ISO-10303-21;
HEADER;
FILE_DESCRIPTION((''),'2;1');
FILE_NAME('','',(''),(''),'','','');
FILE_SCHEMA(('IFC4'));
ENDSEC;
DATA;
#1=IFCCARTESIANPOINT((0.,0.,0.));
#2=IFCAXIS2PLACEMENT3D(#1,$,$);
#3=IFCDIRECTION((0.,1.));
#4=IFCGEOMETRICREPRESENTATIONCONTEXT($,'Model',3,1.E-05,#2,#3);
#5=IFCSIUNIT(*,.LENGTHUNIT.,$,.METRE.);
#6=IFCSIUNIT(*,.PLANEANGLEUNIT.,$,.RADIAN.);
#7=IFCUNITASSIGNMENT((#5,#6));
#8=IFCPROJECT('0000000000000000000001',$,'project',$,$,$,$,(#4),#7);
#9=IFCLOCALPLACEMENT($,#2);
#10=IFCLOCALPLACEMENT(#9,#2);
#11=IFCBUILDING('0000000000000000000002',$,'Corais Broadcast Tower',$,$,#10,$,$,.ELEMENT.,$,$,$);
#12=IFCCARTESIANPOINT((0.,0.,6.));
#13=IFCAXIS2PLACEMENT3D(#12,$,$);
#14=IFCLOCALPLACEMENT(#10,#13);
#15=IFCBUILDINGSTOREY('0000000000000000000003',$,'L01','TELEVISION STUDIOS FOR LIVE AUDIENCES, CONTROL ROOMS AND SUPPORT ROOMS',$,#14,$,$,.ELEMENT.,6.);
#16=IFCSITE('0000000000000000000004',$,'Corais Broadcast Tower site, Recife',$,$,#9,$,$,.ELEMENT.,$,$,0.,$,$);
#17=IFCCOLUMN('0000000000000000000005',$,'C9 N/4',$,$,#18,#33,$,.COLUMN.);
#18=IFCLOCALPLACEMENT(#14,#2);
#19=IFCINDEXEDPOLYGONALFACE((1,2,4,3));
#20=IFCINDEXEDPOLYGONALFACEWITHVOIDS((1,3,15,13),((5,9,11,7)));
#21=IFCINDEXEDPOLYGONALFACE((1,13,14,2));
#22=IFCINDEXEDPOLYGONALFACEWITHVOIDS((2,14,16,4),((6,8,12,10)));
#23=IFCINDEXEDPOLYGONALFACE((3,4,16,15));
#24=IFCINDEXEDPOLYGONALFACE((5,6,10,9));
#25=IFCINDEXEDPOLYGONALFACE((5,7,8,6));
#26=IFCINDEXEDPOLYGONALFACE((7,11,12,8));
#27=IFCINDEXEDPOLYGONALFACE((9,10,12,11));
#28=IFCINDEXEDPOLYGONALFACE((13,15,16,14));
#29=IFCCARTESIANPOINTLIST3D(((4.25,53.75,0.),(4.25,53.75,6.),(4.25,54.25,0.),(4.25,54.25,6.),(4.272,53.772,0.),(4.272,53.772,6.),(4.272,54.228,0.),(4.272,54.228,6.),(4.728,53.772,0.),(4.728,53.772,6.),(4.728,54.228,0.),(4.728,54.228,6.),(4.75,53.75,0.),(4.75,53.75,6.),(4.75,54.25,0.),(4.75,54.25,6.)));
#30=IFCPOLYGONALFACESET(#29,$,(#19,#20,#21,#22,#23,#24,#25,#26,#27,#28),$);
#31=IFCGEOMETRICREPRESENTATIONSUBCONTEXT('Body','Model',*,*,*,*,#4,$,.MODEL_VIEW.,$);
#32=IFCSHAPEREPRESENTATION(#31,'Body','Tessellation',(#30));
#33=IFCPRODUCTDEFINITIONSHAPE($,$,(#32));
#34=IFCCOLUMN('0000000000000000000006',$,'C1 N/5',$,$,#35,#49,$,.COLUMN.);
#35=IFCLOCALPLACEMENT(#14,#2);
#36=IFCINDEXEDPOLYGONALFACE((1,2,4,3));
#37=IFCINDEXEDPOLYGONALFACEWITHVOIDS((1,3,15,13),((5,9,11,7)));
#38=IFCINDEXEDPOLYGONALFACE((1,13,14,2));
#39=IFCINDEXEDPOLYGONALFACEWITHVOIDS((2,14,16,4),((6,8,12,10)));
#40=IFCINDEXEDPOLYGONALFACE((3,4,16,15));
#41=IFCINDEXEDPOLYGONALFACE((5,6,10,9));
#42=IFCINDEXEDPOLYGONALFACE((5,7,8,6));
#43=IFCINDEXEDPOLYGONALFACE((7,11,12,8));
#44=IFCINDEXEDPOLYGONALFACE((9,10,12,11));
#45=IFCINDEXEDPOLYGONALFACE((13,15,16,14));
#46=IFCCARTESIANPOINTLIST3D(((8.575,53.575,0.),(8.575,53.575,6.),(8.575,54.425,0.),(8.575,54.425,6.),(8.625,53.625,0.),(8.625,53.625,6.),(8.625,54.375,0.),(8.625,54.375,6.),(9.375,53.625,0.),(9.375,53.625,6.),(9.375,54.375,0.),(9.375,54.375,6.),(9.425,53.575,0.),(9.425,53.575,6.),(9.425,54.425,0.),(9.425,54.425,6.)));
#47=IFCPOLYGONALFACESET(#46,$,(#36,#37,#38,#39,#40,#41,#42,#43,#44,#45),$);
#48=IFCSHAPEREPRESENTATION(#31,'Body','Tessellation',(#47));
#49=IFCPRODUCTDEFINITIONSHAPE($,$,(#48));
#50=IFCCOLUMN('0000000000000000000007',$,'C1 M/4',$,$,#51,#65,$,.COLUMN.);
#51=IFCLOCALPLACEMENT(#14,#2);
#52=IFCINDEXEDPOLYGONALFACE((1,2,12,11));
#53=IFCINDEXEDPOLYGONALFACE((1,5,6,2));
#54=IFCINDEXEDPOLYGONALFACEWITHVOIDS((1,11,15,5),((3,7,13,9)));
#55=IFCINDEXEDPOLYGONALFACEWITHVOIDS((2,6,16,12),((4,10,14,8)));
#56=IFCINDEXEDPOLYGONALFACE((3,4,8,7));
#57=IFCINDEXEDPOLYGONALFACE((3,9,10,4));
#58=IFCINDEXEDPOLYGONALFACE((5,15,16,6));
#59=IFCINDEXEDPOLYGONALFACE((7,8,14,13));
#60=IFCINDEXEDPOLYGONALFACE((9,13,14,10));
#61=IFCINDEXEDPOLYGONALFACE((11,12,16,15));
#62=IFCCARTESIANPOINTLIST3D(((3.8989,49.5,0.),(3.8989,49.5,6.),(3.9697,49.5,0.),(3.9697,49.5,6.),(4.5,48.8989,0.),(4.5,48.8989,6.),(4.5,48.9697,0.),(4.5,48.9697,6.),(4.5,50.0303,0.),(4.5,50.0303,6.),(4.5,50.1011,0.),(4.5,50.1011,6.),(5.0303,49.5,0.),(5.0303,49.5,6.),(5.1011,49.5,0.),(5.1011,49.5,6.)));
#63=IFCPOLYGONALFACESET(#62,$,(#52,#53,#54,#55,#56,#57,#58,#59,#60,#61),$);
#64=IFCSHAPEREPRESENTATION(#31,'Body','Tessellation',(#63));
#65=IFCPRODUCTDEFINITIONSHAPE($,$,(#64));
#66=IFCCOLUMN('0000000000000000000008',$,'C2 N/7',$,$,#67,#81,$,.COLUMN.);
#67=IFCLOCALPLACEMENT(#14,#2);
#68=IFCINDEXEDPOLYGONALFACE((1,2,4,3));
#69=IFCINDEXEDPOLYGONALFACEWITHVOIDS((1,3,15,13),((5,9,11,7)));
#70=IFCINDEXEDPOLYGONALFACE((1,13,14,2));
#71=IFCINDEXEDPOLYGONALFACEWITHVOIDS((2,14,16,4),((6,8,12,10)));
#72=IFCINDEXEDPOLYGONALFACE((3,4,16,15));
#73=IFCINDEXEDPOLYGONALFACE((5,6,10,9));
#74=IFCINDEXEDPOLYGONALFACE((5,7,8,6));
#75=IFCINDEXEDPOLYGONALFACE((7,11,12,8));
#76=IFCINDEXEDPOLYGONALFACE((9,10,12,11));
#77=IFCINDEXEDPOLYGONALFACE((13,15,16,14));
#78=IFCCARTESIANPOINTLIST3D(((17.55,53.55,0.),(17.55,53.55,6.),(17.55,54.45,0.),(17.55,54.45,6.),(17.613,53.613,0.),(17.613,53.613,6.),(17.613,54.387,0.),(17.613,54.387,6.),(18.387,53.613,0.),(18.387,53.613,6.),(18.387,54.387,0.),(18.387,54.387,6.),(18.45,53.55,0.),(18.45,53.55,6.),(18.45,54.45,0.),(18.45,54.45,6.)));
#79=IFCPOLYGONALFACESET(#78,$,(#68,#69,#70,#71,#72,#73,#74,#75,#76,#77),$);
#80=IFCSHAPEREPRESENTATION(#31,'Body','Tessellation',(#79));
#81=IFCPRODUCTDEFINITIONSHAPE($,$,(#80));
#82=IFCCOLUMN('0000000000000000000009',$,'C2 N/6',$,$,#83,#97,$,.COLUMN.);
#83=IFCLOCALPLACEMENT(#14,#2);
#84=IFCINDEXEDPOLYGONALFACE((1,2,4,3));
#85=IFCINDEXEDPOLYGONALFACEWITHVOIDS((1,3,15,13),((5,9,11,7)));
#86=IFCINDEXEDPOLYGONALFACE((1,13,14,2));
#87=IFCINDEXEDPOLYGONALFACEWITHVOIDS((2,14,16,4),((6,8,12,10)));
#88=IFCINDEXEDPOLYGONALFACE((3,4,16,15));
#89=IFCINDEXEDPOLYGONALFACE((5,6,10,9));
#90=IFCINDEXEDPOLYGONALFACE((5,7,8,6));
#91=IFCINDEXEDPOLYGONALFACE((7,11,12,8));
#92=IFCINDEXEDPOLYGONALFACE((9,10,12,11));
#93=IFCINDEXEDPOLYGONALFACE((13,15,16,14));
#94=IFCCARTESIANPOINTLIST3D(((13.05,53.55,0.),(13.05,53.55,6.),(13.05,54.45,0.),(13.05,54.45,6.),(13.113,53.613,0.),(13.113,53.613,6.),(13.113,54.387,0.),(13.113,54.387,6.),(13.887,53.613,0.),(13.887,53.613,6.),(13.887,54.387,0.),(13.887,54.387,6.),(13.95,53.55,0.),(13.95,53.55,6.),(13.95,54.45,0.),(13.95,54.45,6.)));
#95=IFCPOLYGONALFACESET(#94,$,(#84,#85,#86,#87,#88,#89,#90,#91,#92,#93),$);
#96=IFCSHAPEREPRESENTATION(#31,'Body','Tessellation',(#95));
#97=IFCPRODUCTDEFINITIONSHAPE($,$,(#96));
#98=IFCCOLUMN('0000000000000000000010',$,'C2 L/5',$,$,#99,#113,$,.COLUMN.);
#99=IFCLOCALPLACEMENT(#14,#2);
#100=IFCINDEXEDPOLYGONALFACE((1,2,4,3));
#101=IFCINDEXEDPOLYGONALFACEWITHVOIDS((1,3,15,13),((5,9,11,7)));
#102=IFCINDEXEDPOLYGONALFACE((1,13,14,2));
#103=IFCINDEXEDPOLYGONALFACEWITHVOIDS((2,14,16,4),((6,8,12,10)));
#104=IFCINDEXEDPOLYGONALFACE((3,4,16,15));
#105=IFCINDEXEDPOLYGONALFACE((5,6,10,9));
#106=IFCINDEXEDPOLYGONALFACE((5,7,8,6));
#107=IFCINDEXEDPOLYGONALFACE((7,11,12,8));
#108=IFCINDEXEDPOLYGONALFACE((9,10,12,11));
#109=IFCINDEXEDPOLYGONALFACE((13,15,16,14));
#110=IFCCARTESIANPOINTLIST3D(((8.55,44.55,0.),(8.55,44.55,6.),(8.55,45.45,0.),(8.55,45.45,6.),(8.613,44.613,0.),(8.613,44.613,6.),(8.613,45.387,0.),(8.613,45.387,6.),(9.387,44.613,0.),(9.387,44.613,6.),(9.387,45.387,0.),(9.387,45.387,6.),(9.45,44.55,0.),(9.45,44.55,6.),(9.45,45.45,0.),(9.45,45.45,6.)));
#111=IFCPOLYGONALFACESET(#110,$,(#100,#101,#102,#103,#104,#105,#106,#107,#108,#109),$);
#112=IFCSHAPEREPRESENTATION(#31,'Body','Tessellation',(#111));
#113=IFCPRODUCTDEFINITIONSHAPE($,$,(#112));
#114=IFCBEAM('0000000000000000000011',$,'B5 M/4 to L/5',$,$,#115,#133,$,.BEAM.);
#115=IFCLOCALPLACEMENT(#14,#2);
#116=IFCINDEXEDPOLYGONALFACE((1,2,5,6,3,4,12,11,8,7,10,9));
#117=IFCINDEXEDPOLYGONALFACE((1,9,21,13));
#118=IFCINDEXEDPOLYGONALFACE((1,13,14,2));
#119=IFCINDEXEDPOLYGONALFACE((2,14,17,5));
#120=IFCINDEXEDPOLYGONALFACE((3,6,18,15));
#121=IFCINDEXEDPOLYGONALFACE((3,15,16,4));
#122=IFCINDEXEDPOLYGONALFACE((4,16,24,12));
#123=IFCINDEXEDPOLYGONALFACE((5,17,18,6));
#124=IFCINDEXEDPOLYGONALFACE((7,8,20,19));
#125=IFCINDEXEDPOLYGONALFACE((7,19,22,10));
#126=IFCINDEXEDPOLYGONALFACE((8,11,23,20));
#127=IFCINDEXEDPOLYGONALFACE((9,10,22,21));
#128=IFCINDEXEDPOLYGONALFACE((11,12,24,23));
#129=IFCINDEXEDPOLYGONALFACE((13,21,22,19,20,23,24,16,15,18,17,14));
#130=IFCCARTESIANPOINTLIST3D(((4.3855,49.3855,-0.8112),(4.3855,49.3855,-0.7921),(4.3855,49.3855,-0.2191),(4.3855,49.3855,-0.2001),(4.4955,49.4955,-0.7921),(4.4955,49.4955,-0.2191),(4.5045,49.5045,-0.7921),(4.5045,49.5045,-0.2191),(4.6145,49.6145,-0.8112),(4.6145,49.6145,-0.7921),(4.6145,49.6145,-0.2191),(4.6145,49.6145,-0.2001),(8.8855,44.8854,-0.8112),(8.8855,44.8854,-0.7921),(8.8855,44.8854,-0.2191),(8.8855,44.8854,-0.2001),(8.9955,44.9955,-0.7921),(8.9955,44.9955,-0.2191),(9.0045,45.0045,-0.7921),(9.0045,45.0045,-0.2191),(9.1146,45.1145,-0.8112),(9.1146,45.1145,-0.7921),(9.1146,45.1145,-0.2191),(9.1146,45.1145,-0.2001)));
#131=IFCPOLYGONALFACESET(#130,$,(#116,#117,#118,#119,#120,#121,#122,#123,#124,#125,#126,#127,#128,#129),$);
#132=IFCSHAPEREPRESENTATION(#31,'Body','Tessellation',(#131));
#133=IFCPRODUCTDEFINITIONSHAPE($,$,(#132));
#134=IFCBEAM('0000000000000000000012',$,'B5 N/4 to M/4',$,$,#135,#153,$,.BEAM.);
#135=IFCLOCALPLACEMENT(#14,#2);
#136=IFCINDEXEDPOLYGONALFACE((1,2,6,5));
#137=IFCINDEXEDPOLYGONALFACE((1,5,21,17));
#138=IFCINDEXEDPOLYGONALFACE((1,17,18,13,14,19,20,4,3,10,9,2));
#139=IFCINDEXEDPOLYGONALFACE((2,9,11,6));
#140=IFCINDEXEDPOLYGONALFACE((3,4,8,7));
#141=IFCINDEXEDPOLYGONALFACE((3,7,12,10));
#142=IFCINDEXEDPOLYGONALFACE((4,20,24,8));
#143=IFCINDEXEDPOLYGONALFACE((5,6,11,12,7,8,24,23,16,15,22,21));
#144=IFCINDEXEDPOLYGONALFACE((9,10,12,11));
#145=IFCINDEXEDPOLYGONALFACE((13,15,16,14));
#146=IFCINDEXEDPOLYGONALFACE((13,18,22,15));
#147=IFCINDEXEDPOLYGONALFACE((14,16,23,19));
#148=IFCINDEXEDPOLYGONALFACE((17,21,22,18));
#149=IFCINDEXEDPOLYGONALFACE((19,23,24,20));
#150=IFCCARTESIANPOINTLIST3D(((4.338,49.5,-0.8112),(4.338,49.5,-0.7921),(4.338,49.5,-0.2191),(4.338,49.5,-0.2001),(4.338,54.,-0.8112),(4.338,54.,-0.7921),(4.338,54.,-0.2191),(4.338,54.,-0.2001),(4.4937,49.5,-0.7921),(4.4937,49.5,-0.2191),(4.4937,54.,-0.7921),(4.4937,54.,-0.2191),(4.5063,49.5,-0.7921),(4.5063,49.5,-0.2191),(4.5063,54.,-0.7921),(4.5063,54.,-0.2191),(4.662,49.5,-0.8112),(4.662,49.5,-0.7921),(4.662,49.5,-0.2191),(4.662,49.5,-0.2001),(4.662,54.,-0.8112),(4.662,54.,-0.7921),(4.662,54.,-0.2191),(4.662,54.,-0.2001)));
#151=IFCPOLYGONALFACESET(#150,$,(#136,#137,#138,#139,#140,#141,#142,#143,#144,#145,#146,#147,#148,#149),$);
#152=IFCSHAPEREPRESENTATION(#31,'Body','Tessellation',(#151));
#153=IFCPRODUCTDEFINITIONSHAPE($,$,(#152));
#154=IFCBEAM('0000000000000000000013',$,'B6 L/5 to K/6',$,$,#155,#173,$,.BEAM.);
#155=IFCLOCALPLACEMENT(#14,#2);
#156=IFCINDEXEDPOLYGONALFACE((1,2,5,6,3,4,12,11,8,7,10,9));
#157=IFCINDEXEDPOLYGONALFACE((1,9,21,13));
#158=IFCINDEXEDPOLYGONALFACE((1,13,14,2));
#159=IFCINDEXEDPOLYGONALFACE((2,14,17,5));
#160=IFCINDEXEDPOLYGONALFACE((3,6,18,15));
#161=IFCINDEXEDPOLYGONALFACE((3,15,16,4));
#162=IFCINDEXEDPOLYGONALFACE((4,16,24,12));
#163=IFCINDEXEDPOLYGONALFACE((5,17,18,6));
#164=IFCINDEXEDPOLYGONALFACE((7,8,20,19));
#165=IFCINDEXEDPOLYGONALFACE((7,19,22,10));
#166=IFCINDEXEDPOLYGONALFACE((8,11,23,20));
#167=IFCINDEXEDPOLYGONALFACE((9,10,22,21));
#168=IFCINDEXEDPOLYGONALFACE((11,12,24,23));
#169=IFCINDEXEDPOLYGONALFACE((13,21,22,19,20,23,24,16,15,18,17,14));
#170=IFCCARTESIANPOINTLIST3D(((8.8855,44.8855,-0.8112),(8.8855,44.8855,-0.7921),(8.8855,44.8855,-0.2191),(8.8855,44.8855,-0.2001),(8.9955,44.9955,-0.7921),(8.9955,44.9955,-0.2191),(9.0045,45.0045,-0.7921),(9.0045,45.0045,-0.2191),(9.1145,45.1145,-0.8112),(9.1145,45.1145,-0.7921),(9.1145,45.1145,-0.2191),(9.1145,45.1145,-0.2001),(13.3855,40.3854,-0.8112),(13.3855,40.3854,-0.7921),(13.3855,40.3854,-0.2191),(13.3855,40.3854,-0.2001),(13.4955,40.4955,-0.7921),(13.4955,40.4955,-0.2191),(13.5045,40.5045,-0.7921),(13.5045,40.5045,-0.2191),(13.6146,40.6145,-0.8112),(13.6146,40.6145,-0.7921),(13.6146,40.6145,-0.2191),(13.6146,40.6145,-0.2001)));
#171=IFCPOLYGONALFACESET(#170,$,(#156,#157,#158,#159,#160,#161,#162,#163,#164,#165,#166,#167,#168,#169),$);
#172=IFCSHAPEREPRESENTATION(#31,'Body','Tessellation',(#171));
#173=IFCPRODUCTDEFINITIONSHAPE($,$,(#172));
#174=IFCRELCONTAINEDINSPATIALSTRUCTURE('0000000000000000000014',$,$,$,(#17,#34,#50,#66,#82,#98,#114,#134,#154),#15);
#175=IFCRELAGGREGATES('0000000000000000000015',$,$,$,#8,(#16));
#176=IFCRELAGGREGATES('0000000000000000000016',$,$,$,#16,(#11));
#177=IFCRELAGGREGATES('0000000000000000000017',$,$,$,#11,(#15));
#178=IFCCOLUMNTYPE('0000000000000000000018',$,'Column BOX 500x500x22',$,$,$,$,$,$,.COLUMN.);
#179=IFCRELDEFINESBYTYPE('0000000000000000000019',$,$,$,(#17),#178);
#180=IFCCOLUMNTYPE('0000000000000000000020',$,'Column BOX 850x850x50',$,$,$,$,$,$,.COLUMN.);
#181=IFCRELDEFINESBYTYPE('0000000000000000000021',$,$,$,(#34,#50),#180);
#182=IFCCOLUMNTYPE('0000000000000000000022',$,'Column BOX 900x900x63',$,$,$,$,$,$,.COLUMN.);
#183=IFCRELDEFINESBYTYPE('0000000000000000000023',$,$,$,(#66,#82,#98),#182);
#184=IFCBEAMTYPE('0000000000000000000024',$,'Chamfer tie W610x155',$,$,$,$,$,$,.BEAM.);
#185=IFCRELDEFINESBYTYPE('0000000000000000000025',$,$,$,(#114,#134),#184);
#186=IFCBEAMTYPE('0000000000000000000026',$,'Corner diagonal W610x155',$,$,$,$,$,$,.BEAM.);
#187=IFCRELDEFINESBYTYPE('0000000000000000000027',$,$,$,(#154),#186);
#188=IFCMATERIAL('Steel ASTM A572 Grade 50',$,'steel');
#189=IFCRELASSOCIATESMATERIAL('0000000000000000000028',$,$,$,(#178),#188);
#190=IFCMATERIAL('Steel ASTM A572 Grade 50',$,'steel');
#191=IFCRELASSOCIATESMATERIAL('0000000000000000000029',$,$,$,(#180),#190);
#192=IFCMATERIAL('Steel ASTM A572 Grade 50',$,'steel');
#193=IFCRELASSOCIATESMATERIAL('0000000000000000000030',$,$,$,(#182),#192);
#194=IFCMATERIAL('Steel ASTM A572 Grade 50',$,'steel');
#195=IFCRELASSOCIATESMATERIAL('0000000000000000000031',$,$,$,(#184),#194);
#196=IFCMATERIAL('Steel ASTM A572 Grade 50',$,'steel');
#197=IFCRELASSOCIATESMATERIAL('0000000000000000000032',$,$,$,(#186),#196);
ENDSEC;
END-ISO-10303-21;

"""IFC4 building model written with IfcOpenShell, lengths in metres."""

from ifc_helpers import new_model, si_unit, direction, frame, origin, origin_2d, place, context, subcontext, project, spatial, hollow_rectangle, i_section, extrude, material, material_profile, profile_set, type_object, element, save


model = new_model("IFC4")

# Units and contexts
model_context = context("Model", 3, precision=1e-05, world=origin(), true_north=direction((0.0, 1.0)))
body_context = subcontext(model_context, "Body", "Model", "MODEL_VIEW")
ifc_project = project(units=[si_unit("LENGTHUNIT", "METRE"), si_unit("PLANEANGLEUNIT", "RADIAN")], contexts=[model_context])

# Site, building, storey
site_placement = place(None, origin())
site = spatial("IfcSite", under=ifc_project, at=site_placement, Name="Corais Broadcast Tower site, Recife", CompositionType="ELEMENT", RefElevation=0.0)
building_placement = place(site_placement, origin())
building = spatial("IfcBuilding", under=site, at=building_placement, Name="Corais Broadcast Tower", CompositionType="ELEMENT")
storey_placement = place(building_placement, frame((0.0, 0.0, 6.0)))
storey = spatial("IfcBuildingStorey", under=building, at=storey_placement, Name="L01", Description="TELEVISION STUDIOS FOR LIVE AUDIENCES, CONTROL ROOMS AND SUPPORT ROOMS", CompositionType="ELEMENT", Elevation=6.0)

# Columns
ifc_material_1 = material(Name="Steel ASTM A572 Grade 50", Category="steel")
ifc_material_profile_1 = material_profile(ifc_material_1, hollow_rectangle(XDim=0.5, YDim=0.5, WallThickness=0.022, at=origin_2d()), Name="BOX 500x500x22")
ifc_profile_set_1 = profile_set([ifc_material_profile_1], Name="Steel ASTM A572 Grade 50")
column_type_1 = type_object("IfcColumnType", Name="Column BOX 500x500x22", PredefinedType="COLUMN", material=ifc_profile_set_1)
column_placement = place(storey_placement, frame((4.5, 54.0, 0.0), z_axis=(0.0, 0.0, 1.0), x_axis=(1.0, 0.0, 0.0)))
element("IfcColumn", 1, at=column_placement, inside=storey, type_object=column_type_1, Name="C9 N/4", PredefinedType="COLUMN", context=body_context, shape_type="SweptSolid", body=[
    extrude(hollow_rectangle(XDim=0.5, YDim=0.5, WallThickness=0.022, at=origin_2d()), origin(), (0.0, 0.0, 1.0), 6.0),
])
ifc_material_2 = material(Name="Steel ASTM A572 Grade 50", Category="steel")
ifc_material_profile_2 = material_profile(ifc_material_2, hollow_rectangle(XDim=0.8501, YDim=0.8501, WallThickness=0.05, at=origin_2d()), Name="BOX 850x850x50")
ifc_profile_set_2 = profile_set([ifc_material_profile_2], Name="Steel ASTM A572 Grade 50")
column_type_2 = type_object("IfcColumnType", Name="Column BOX 850x850x50", PredefinedType="COLUMN", material=ifc_profile_set_2)
for number, where, z_axis, x_axis, name in (
    (2, (9.0, 54.0, 0.0), (0.0, 0.0, 1.0), (1.0, 0.0, 0.0), "C1 N/5"),
    (3, (4.5, 49.5, 0.0), (0.0, 0.0, 1.0), (0.707107, 0.707107, 0.0), "C1 M/4"),
):
    element("IfcColumn", number, at=place(storey_placement, frame(where, z_axis=z_axis, x_axis=x_axis)), inside=storey, type_object=column_type_2, Name=name, PredefinedType="COLUMN", context=body_context, shape_type="SweptSolid", body=[
        extrude(hollow_rectangle(XDim=0.8501, YDim=0.8501, WallThickness=0.05, at=origin_2d()), origin(), (0.0, 0.0, 1.0), 6.0),
    ])
ifc_material_3 = material(Name="Steel ASTM A572 Grade 50", Category="steel")
ifc_material_profile_3 = material_profile(ifc_material_3, hollow_rectangle(XDim=0.8999, YDim=0.8999, WallThickness=0.063, at=origin_2d()), Name="BOX 900x900x63")
ifc_profile_set_3 = profile_set([ifc_material_profile_3], Name="Steel ASTM A572 Grade 50")
column_type_3 = type_object("IfcColumnType", Name="Column BOX 900x900x63", PredefinedType="COLUMN", material=ifc_profile_set_3)
for number, where, z_axis, x_axis, name in (
    (4, (18.0, 54.0, 0.0), (0.0, 0.0, 1.0), (1.0, 0.0, 0.0), "C2 N/7"),
    (5, (13.5, 54.0, 0.0), (0.0, 0.0, 1.0), (1.0, 0.0, 0.0), "C2 N/6"),
    (6, (9.0, 45.0, 0.0), (0.0, 0.0, 1.0), (1.0, 0.0, 0.0), "C2 L/5"),
):
    element("IfcColumn", number, at=place(storey_placement, frame(where, z_axis=z_axis, x_axis=x_axis)), inside=storey, type_object=column_type_3, Name=name, PredefinedType="COLUMN", context=body_context, shape_type="SweptSolid", body=[
        extrude(hollow_rectangle(XDim=0.8999, YDim=0.8999, WallThickness=0.063, at=origin_2d()), origin(), (0.0, 0.0, 1.0), 6.0),
    ])

# Beams
ifc_material_4 = material(Name="Steel ASTM A572 Grade 50", Category="steel")
ifc_material_profile_4 = material_profile(ifc_material_4, i_section(OverallWidth=0.324, OverallDepth=0.6111, WebThickness=0.0127, FlangeThickness=0.019, at=origin_2d()), Name="W610x155")
ifc_profile_set_4 = profile_set([ifc_material_profile_4], Name="Steel ASTM A572 Grade 50")
beam_type_1 = type_object("IfcBeamType", Name="Chamfer tie W610x155", PredefinedType="BEAM", material=ifc_profile_set_4)
beam_1_placement = place(storey_placement, frame((4.5, 49.5, -0.5056), z_axis=(0.707107, -0.707107, 0.0), x_axis=(0.707107, 0.707107, 0.0)))
element("IfcBeam", 7, at=beam_1_placement, inside=storey, type_object=beam_type_1, Name="B5 M/4 to L/5", PredefinedType="BEAM", context=body_context, shape_type="SweptSolid", body=[
    extrude(i_section(OverallWidth=0.324, OverallDepth=0.6111, WebThickness=0.0127, FlangeThickness=0.019, at=origin_2d()), origin(), (0.0, 0.0, 1.0), 6.364),
])
beam_2_placement = place(storey_placement, frame((4.5, 54.0, -0.5056), z_axis=(0.0, -1.0, 0.0), x_axis=(1.0, 0.0, 0.0)))
element("IfcBeam", 8, at=beam_2_placement, inside=storey, type_object=beam_type_1, Name="B5 N/4 to M/4", PredefinedType="BEAM", context=body_context, shape_type="SweptSolid", body=[
    extrude(i_section(OverallWidth=0.324, OverallDepth=0.6111, WebThickness=0.0127, FlangeThickness=0.019, at=origin_2d()), origin(), (0.0, 0.0, 1.0), 4.5),
])
ifc_material_5 = material(Name="Steel ASTM A572 Grade 50", Category="steel")
ifc_material_profile_5 = material_profile(ifc_material_5, i_section(OverallWidth=0.324, OverallDepth=0.6111, WebThickness=0.0127, FlangeThickness=0.019, at=origin_2d()), Name="W610x155")
ifc_profile_set_5 = profile_set([ifc_material_profile_5], Name="Steel ASTM A572 Grade 50")
beam_type_2 = type_object("IfcBeamType", Name="Corner diagonal W610x155", PredefinedType="BEAM", material=ifc_profile_set_5)
beam_3_placement = place(storey_placement, frame((9.0, 45.0, -0.5056), z_axis=(0.707107, -0.707107, 0.0), x_axis=(0.707107, 0.707107, 0.0)))
element("IfcBeam", 9, at=beam_3_placement, inside=storey, type_object=beam_type_2, Name="B6 L/5 to K/6", PredefinedType="BEAM", context=body_context, shape_type="SweptSolid", body=[
    extrude(i_section(OverallWidth=0.324, OverallDepth=0.6111, WebThickness=0.0127, FlangeThickness=0.019, at=origin_2d()), origin(), (0.0, 0.0, 1.0), 6.364),
])

save(model, "model.ifc")
